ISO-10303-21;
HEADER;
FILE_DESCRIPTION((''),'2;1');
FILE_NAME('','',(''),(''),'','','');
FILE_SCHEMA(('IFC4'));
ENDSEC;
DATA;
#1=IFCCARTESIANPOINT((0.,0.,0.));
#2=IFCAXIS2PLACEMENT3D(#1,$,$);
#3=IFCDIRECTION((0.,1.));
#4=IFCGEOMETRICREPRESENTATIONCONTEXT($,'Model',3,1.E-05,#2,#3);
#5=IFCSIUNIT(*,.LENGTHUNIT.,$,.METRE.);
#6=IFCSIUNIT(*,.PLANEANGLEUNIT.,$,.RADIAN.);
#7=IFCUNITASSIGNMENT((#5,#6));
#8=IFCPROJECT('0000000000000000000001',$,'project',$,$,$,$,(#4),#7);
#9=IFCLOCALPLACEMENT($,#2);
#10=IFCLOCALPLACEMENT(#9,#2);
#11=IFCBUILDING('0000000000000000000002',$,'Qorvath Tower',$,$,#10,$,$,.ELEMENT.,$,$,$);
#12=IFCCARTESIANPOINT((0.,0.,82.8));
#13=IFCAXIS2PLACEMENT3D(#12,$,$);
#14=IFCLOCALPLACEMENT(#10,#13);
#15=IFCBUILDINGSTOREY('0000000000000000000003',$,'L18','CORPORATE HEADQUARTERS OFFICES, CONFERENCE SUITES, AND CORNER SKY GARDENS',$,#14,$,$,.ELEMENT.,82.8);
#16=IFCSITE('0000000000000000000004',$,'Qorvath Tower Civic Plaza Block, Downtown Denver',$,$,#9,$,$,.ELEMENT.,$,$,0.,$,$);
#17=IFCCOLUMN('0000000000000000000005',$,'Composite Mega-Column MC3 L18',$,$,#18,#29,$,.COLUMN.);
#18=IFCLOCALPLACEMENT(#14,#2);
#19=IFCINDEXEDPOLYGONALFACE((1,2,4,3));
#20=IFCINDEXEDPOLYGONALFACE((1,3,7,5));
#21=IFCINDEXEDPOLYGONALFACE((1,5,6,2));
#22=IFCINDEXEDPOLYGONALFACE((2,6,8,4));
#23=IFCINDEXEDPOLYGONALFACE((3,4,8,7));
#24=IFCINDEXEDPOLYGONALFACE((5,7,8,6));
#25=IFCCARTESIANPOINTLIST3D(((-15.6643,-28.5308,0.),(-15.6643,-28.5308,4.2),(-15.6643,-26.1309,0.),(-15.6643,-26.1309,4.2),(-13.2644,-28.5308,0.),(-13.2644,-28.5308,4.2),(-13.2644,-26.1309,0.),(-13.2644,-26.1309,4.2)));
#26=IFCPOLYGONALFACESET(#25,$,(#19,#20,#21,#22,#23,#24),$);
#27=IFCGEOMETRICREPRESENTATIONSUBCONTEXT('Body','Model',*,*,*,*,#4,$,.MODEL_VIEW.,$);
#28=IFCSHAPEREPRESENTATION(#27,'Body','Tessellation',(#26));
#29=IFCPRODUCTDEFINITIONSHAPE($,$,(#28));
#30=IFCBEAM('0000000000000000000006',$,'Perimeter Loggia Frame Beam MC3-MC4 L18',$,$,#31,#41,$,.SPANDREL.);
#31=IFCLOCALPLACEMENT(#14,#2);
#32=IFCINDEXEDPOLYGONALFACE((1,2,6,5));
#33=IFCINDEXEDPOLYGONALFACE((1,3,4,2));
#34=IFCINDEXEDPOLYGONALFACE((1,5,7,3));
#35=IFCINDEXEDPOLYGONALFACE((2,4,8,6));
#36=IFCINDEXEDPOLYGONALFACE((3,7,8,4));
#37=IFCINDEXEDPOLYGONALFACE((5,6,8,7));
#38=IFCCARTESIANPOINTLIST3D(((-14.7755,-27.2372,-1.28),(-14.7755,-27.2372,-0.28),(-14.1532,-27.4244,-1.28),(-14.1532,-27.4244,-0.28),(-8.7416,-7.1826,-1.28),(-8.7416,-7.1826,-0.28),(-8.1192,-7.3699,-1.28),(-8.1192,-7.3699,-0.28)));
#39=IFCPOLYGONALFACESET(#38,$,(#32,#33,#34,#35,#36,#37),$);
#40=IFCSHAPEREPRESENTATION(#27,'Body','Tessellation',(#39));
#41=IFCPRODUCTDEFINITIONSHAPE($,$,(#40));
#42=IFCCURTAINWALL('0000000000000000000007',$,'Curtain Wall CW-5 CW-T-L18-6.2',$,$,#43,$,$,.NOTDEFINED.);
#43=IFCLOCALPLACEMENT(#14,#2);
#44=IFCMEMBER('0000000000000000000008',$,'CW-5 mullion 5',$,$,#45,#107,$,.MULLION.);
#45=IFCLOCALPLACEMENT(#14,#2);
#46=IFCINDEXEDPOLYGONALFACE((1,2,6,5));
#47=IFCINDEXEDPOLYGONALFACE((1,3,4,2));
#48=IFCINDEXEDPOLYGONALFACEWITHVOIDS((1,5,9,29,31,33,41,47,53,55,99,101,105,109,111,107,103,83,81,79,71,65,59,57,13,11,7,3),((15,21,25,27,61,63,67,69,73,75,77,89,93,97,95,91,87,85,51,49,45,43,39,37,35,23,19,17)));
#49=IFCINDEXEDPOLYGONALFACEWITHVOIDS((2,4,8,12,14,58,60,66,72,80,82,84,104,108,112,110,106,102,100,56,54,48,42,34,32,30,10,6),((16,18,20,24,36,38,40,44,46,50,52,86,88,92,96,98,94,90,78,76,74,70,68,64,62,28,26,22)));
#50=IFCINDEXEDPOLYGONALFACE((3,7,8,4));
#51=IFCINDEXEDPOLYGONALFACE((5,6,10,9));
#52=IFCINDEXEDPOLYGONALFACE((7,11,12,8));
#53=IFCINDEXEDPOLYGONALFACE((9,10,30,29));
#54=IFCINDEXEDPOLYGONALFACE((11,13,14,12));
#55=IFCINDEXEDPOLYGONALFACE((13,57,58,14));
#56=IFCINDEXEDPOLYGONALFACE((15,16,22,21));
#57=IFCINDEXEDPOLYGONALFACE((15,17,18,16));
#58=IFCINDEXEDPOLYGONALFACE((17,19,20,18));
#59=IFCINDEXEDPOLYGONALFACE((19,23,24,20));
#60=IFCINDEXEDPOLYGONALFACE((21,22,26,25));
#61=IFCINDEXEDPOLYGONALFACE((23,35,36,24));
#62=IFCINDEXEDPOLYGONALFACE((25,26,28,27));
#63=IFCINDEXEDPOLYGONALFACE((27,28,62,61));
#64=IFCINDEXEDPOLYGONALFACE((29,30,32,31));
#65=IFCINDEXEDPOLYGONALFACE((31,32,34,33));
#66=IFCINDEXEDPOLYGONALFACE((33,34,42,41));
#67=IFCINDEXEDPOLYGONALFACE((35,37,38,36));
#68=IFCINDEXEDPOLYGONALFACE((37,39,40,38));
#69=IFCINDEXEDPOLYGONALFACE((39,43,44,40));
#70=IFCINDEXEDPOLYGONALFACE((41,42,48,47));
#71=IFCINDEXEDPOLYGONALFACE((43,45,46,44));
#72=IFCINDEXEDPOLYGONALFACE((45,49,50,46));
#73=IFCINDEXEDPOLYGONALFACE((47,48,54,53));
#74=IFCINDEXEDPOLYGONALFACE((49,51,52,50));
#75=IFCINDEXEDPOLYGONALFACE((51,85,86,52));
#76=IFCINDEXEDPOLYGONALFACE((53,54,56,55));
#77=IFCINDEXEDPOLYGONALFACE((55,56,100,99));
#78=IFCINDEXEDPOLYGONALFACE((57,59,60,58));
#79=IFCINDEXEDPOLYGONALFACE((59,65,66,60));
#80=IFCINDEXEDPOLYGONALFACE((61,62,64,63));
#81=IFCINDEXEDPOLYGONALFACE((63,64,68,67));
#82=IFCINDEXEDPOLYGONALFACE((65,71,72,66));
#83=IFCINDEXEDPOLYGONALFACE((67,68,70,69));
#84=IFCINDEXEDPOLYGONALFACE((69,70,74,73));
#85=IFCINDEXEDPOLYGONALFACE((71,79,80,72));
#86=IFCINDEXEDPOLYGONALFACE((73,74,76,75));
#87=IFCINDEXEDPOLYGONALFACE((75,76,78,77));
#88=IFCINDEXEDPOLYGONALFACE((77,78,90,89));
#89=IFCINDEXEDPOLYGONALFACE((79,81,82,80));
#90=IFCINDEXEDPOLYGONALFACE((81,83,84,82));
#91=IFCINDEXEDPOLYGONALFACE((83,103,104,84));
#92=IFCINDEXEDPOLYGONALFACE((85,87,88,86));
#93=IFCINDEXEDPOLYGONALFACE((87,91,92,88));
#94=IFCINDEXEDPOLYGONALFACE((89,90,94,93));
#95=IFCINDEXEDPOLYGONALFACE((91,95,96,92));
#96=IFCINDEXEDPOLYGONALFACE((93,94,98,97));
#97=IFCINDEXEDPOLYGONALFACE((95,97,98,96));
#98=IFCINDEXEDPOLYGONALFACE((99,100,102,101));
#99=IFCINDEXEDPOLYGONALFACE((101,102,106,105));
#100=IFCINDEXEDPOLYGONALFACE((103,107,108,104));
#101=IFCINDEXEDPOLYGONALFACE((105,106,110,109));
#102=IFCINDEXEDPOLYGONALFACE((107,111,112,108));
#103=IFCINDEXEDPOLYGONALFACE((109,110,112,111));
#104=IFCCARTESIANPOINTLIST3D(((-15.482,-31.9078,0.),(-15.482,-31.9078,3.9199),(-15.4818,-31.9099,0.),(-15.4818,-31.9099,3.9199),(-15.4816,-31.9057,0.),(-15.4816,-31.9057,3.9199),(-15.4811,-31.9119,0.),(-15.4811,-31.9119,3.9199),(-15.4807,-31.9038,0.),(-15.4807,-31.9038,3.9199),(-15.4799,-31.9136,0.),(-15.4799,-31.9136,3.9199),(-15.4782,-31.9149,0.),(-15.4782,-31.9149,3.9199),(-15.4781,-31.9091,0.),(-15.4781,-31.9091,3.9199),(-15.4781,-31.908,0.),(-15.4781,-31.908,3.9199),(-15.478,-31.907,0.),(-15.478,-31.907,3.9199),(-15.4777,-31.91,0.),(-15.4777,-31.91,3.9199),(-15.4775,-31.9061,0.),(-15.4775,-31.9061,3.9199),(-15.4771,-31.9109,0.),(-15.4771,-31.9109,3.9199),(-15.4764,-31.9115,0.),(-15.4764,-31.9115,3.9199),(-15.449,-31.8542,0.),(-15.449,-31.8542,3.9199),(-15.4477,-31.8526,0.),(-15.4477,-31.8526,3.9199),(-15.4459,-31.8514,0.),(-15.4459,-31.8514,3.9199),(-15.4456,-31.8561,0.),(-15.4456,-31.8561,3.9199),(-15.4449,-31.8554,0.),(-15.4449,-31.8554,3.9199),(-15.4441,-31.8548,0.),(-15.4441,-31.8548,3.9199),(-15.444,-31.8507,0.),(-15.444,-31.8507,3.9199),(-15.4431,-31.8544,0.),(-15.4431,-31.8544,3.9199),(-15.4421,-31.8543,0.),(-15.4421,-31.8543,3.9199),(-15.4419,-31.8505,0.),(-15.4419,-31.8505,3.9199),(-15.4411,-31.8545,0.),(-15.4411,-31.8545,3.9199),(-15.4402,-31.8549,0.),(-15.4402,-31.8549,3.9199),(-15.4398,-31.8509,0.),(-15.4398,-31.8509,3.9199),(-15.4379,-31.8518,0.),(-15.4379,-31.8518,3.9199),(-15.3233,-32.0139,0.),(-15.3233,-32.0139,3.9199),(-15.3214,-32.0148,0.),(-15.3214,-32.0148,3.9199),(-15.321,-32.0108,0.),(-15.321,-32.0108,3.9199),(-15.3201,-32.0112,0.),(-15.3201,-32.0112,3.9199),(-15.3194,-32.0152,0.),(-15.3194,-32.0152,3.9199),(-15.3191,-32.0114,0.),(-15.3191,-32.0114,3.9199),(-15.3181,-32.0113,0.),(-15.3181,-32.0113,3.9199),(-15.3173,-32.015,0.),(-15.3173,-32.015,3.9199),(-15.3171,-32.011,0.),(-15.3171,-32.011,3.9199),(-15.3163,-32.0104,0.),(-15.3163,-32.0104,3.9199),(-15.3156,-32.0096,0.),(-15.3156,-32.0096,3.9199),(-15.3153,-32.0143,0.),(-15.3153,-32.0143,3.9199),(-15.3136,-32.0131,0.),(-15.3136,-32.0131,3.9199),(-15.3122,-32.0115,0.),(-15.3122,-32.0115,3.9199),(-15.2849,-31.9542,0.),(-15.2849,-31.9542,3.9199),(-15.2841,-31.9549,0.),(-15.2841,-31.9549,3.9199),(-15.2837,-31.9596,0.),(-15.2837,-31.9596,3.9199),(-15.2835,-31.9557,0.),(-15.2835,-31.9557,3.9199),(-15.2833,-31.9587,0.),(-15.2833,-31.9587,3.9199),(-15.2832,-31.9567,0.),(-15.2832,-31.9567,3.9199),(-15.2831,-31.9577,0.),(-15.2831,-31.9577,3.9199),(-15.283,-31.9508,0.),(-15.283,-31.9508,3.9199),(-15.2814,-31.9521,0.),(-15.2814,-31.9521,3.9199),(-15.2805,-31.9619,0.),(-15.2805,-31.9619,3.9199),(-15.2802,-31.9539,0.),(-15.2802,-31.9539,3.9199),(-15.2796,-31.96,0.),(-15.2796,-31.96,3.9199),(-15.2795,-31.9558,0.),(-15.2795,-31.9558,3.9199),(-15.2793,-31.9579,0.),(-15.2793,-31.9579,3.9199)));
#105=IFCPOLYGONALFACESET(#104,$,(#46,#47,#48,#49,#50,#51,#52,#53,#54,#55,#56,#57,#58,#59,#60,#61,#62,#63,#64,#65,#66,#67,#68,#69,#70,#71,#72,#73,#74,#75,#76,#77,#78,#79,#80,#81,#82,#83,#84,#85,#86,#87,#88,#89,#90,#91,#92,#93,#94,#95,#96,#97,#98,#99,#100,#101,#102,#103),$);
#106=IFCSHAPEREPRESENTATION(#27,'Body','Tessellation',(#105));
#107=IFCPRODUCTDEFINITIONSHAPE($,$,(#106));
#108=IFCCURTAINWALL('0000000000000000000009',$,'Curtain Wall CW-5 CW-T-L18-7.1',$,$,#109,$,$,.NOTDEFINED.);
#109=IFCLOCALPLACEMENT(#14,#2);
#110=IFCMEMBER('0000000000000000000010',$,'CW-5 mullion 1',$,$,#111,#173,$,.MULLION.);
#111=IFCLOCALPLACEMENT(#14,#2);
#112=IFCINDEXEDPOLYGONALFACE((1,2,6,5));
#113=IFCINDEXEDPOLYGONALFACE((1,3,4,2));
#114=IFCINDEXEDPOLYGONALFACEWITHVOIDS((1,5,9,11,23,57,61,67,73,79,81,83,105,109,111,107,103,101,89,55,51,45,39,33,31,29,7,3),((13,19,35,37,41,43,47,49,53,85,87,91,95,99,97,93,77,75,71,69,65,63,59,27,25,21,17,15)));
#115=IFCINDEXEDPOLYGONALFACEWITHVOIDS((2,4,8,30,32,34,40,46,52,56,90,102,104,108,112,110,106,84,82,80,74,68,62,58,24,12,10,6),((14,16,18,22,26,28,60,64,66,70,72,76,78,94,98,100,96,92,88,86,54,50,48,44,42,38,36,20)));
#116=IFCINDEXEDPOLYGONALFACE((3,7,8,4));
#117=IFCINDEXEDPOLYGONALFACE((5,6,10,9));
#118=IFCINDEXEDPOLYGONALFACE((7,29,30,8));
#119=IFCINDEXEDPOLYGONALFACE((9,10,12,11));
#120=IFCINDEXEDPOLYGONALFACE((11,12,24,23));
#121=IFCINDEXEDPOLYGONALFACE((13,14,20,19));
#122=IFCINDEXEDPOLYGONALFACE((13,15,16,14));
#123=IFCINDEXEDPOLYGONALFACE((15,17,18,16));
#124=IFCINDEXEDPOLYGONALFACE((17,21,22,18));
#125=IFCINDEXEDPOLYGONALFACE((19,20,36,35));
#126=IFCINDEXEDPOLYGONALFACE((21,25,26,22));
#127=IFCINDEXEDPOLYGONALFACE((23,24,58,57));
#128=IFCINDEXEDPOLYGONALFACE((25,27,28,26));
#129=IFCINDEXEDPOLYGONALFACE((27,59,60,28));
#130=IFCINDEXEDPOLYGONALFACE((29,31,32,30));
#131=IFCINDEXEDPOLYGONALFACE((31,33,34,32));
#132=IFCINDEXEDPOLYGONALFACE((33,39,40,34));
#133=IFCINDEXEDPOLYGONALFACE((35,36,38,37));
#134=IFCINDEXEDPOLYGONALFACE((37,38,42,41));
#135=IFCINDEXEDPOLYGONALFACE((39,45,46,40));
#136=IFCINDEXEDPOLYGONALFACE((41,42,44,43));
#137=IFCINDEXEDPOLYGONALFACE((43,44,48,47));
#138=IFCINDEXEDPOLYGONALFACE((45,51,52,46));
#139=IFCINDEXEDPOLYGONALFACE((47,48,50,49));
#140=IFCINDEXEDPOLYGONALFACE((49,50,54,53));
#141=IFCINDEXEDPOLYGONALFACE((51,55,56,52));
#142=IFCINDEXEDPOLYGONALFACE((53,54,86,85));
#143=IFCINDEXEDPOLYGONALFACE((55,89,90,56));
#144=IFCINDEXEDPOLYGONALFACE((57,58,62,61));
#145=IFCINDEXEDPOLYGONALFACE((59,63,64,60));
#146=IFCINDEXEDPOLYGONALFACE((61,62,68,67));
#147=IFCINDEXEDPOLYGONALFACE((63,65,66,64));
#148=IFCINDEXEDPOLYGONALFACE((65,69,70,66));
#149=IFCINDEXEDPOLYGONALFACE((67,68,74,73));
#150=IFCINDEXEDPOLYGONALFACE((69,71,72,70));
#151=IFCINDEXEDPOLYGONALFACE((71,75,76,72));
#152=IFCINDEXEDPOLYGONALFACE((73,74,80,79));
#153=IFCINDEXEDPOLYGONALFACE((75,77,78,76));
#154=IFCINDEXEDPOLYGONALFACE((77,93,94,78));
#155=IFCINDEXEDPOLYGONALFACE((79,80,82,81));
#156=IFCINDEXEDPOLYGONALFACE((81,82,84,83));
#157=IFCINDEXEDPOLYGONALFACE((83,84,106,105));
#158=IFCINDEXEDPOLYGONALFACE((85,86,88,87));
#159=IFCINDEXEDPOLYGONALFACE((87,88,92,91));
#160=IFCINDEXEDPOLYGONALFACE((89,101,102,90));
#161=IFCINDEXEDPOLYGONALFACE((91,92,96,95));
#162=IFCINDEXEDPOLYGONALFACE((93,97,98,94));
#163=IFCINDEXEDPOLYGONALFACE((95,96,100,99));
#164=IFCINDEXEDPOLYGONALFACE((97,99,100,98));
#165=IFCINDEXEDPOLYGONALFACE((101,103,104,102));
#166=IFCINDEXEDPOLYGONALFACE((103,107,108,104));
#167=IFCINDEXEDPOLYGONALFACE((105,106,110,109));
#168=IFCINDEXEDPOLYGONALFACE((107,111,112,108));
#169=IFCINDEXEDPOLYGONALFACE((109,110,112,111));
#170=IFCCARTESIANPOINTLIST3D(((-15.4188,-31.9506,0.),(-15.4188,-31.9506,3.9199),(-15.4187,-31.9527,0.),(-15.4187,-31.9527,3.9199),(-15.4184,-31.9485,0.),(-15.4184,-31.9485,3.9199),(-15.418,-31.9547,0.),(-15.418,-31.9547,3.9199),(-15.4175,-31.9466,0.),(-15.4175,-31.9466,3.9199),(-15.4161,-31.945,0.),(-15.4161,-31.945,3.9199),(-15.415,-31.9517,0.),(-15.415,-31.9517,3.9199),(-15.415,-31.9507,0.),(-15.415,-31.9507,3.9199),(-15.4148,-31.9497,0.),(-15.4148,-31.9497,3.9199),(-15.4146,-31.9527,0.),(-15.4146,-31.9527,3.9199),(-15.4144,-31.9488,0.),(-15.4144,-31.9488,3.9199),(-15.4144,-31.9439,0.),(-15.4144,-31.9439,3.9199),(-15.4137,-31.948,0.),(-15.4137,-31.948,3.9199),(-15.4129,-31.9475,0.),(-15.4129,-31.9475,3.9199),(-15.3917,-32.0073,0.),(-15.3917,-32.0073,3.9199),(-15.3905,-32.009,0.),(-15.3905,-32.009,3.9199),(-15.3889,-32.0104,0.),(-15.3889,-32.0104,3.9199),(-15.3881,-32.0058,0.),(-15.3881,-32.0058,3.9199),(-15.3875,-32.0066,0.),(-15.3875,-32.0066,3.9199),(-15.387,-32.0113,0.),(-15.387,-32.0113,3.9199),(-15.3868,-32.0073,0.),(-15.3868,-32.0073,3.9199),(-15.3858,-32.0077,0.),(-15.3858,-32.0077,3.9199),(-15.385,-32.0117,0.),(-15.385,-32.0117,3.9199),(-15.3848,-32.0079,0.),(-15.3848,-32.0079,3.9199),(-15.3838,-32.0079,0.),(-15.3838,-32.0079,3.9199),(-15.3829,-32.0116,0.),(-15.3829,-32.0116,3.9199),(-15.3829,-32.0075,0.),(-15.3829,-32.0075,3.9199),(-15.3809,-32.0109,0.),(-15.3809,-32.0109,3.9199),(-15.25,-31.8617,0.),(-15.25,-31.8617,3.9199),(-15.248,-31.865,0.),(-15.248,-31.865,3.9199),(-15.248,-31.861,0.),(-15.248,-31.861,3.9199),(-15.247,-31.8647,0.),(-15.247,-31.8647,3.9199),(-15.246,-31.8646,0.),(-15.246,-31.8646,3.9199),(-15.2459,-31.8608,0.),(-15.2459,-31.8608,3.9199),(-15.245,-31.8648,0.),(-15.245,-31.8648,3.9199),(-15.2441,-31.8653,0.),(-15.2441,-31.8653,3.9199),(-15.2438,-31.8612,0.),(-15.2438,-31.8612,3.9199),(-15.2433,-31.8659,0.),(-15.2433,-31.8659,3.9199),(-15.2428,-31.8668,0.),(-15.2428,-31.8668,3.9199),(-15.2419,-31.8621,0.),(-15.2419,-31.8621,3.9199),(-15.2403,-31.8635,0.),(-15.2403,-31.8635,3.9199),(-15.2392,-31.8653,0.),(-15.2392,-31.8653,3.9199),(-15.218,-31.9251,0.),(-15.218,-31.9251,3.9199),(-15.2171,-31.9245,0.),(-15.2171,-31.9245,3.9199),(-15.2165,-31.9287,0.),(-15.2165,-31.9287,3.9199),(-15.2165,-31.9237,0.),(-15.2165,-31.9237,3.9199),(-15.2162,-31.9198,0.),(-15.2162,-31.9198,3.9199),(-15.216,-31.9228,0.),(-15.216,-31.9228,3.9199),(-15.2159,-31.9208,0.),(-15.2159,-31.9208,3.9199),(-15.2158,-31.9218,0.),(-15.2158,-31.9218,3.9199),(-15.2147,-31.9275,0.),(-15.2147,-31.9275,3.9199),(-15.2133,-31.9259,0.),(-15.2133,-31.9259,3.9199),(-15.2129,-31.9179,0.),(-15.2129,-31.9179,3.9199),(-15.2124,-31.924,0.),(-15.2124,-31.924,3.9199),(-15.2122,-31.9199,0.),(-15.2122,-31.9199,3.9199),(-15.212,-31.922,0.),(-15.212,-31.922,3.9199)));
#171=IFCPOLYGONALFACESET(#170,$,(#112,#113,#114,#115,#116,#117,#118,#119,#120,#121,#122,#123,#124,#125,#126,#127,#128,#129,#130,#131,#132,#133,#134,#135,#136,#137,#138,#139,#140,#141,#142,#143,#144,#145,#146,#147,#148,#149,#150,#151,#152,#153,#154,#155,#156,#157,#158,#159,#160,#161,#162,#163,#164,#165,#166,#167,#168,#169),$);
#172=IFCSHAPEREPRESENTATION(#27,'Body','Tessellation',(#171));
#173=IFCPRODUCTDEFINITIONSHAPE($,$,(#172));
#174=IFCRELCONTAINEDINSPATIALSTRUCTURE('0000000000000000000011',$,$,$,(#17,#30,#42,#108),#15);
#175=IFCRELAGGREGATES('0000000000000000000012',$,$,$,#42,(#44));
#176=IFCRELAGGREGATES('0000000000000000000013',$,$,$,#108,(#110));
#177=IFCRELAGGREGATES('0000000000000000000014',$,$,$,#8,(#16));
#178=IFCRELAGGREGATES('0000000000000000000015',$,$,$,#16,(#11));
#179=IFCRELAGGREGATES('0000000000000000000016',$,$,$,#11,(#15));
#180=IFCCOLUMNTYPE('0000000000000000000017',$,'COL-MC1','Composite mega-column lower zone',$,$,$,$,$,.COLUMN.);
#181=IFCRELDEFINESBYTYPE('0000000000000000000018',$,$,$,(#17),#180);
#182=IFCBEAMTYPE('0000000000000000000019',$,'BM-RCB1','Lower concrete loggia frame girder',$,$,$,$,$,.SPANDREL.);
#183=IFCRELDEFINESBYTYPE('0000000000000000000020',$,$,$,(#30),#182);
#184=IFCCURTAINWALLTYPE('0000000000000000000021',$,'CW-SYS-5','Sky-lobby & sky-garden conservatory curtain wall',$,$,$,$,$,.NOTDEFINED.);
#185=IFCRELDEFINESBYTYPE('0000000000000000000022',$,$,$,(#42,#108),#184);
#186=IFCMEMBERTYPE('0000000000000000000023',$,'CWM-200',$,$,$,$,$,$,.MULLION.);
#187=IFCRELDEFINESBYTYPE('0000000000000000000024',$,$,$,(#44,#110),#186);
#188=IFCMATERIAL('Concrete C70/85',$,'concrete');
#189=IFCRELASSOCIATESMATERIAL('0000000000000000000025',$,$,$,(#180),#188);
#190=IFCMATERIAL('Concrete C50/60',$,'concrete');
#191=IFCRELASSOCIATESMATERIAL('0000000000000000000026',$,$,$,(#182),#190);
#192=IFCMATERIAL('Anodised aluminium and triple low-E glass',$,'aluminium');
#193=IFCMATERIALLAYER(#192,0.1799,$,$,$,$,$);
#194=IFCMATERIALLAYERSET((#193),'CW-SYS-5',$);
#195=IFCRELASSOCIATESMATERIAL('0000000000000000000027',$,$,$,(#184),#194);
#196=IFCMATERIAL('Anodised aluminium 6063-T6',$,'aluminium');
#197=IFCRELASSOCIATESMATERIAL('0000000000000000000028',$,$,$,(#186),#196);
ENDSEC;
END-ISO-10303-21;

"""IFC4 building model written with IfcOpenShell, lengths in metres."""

from ifc_helpers import new_model, si_unit, direction, frame, origin, origin_2d, place, context, subcontext, project, spatial, rectangle, hollow_rectangle, extrude, material, layer, layer_set, material_profile, profile_set, type_object, element, aggregate, save


model = new_model("IFC4")

# Units and contexts
model_context = context("Model", 3, precision=1e-05, world=origin(), true_north=direction((0.0, 1.0)))
body_context = subcontext(model_context, "Body", "Model", "MODEL_VIEW")
ifc_project = project(units=[si_unit("LENGTHUNIT", "METRE"), si_unit("PLANEANGLEUNIT", "RADIAN")], contexts=[model_context])

# Site, building, storey
site_placement = place(None, origin())
site = spatial("IfcSite", under=ifc_project, at=site_placement, Name="Qorvath Tower Civic Plaza Block, Downtown Denver", CompositionType="ELEMENT", RefElevation=0.0)
building_placement = place(site_placement, origin())
building = spatial("IfcBuilding", under=site, at=building_placement, Name="Qorvath Tower", CompositionType="ELEMENT")
storey_placement = place(building_placement, frame((0.0, 0.0, 82.8)))
storey = spatial("IfcBuildingStorey", under=building, at=storey_placement, Name="L18", Description="CORPORATE HEADQUARTERS OFFICES, CONFERENCE SUITES, AND CORNER SKY GARDENS", CompositionType="ELEMENT", Elevation=82.8)

# Column
ifc_material_1 = material(Name="Concrete C70/85", Category="concrete")
ifc_material_profile_1 = material_profile(ifc_material_1, rectangle(XDim=2.3999, YDim=2.3999, at=origin_2d()), Name="MC 2400x2400")
ifc_profile_set_1 = profile_set([ifc_material_profile_1], Name="Concrete C70/85")
column_type = type_object("IfcColumnType", Name="COL-MC1", Description="Composite mega-column lower zone", PredefinedType="COLUMN", material=ifc_profile_set_1)
column_placement = place(storey_placement, frame((-14.4644, -27.3308, 0.0), z_axis=(0.0, 0.0, 1.0), x_axis=(1.0, 0.0, 0.0)))
element("IfcColumn", 1, at=column_placement, inside=storey, type_object=column_type, Name="Composite Mega-Column MC3 L18", PredefinedType="COLUMN", context=body_context, shape_type="SweptSolid", body=[
    extrude(rectangle(XDim=2.3999, YDim=2.3999, at=origin_2d()), origin(), (0.0, 0.0, 1.0), 4.2),
])

# Beam
ifc_material_2 = material(Name="Concrete C50/60", Category="concrete")
ifc_material_profile_2 = material_profile(ifc_material_2, rectangle(XDim=0.6499, YDim=1.0, at=origin_2d()), Name="RCB 1000x650")
ifc_profile_set_2 = profile_set([ifc_material_profile_2], Name="Concrete C50/60")
beam_type = type_object("IfcBeamType", Name="BM-RCB1", Description="Lower concrete loggia frame girder", PredefinedType="SPANDREL", material=ifc_profile_set_2)
beam_placement = place(storey_placement, frame((-14.4644, -27.3308, -0.78), z_axis=(0.288119, 0.957595, 0.0), x_axis=(-0.957595, 0.288119, 0.0)))
element("IfcBeam", 2, at=beam_placement, inside=storey, type_object=beam_type, Name="Perimeter Loggia Frame Beam MC3-MC4 L18", PredefinedType="SPANDREL", context=body_context, shape_type="SweptSolid", body=[
    extrude(rectangle(XDim=0.6499, YDim=1.0, at=origin_2d()), origin(), (0.0, 0.0, 1.0), 20.9426),
])

# Curtain wall, member
ifc_material_3 = material(Name="Anodised aluminium and triple low-E glass", Category="aluminium")
ifc_layer_1 = layer(ifc_material_3, 0.1799)
ifc_layer_set_1 = layer_set([ifc_layer_1], Name="CW-SYS-5")
curtain_wall_type = type_object("IfcCurtainWallType", Name="CW-SYS-5", Description="Sky-lobby & sky-garden conservatory curtain wall", PredefinedType="NOTDEFINED", material=ifc_layer_set_1)
curtain_wall_1_placement = place(storey_placement, origin())
curtain_wall_1 = element("IfcCurtainWall", 3, at=curtain_wall_1_placement, inside=storey, type_object=curtain_wall_type, Name="Curtain Wall CW-5 CW-T-L18-6.2", PredefinedType="NOTDEFINED")
ifc_material_4 = material(Name="Anodised aluminium 6063-T6", Category="aluminium")
ifc_material_profile_3 = material_profile(ifc_material_4, hollow_rectangle(XDim=0.075, YDim=0.2, WallThickness=0.0039, InnerFilletRadius=0.0039, OuterFilletRadius=0.0081, at=origin_2d()), Name="CWM 200x75")
ifc_profile_set_3 = profile_set([ifc_material_profile_3], Name="Anodised aluminium 6063-T6")
member_type_1 = type_object("IfcMemberType", Name="CWM-200", PredefinedType="MULLION", material=ifc_profile_set_3)
member_1_placement = place(storey_placement, frame((-15.3806, -31.9329, 0.0), z_axis=(0.0, 0.0, 1.0), x_axis=(0.538533, 0.842604, 0.0)))
member_1 = element("IfcMember", 4, at=member_1_placement, type_object=member_type_1, Name="CW-5 mullion 5", PredefinedType="MULLION", context=body_context, shape_type="SweptSolid", body=[
    extrude(hollow_rectangle(XDim=0.075, YDim=0.2, WallThickness=0.0039, InnerFilletRadius=0.0039, OuterFilletRadius=0.0081, at=origin_2d()), origin(), (0.0, 0.0, 1.0), 3.9199),
])

# Curtain wall, member
curtain_wall_2_placement = place(storey_placement, origin())
curtain_wall_2 = element("IfcCurtainWall", 5, at=curtain_wall_2_placement, inside=storey, type_object=curtain_wall_type, Name="Curtain Wall CW-5 CW-T-L18-7.1", PredefinedType="NOTDEFINED")
member_2_placement = place(storey_placement, frame((-15.3154, -31.9363, 0.0), z_axis=(0.0, 0.0, 1.0), x_axis=(-0.44719, 0.894439, 0.0)))
member_2 = element("IfcMember", 6, at=member_2_placement, type_object=member_type_1, Name="CW-5 mullion 1", PredefinedType="MULLION", context=body_context, shape_type="SweptSolid", body=[
    extrude(hollow_rectangle(XDim=0.075, YDim=0.2, WallThickness=0.0039, InnerFilletRadius=0.0039, OuterFilletRadius=0.0081, at=origin_2d()), origin(), (0.0, 0.0, 1.0), 3.9199),
])

aggregate(curtain_wall_1, [member_1])
aggregate(curtain_wall_2, [member_2])

save(model, "model.ifc")
